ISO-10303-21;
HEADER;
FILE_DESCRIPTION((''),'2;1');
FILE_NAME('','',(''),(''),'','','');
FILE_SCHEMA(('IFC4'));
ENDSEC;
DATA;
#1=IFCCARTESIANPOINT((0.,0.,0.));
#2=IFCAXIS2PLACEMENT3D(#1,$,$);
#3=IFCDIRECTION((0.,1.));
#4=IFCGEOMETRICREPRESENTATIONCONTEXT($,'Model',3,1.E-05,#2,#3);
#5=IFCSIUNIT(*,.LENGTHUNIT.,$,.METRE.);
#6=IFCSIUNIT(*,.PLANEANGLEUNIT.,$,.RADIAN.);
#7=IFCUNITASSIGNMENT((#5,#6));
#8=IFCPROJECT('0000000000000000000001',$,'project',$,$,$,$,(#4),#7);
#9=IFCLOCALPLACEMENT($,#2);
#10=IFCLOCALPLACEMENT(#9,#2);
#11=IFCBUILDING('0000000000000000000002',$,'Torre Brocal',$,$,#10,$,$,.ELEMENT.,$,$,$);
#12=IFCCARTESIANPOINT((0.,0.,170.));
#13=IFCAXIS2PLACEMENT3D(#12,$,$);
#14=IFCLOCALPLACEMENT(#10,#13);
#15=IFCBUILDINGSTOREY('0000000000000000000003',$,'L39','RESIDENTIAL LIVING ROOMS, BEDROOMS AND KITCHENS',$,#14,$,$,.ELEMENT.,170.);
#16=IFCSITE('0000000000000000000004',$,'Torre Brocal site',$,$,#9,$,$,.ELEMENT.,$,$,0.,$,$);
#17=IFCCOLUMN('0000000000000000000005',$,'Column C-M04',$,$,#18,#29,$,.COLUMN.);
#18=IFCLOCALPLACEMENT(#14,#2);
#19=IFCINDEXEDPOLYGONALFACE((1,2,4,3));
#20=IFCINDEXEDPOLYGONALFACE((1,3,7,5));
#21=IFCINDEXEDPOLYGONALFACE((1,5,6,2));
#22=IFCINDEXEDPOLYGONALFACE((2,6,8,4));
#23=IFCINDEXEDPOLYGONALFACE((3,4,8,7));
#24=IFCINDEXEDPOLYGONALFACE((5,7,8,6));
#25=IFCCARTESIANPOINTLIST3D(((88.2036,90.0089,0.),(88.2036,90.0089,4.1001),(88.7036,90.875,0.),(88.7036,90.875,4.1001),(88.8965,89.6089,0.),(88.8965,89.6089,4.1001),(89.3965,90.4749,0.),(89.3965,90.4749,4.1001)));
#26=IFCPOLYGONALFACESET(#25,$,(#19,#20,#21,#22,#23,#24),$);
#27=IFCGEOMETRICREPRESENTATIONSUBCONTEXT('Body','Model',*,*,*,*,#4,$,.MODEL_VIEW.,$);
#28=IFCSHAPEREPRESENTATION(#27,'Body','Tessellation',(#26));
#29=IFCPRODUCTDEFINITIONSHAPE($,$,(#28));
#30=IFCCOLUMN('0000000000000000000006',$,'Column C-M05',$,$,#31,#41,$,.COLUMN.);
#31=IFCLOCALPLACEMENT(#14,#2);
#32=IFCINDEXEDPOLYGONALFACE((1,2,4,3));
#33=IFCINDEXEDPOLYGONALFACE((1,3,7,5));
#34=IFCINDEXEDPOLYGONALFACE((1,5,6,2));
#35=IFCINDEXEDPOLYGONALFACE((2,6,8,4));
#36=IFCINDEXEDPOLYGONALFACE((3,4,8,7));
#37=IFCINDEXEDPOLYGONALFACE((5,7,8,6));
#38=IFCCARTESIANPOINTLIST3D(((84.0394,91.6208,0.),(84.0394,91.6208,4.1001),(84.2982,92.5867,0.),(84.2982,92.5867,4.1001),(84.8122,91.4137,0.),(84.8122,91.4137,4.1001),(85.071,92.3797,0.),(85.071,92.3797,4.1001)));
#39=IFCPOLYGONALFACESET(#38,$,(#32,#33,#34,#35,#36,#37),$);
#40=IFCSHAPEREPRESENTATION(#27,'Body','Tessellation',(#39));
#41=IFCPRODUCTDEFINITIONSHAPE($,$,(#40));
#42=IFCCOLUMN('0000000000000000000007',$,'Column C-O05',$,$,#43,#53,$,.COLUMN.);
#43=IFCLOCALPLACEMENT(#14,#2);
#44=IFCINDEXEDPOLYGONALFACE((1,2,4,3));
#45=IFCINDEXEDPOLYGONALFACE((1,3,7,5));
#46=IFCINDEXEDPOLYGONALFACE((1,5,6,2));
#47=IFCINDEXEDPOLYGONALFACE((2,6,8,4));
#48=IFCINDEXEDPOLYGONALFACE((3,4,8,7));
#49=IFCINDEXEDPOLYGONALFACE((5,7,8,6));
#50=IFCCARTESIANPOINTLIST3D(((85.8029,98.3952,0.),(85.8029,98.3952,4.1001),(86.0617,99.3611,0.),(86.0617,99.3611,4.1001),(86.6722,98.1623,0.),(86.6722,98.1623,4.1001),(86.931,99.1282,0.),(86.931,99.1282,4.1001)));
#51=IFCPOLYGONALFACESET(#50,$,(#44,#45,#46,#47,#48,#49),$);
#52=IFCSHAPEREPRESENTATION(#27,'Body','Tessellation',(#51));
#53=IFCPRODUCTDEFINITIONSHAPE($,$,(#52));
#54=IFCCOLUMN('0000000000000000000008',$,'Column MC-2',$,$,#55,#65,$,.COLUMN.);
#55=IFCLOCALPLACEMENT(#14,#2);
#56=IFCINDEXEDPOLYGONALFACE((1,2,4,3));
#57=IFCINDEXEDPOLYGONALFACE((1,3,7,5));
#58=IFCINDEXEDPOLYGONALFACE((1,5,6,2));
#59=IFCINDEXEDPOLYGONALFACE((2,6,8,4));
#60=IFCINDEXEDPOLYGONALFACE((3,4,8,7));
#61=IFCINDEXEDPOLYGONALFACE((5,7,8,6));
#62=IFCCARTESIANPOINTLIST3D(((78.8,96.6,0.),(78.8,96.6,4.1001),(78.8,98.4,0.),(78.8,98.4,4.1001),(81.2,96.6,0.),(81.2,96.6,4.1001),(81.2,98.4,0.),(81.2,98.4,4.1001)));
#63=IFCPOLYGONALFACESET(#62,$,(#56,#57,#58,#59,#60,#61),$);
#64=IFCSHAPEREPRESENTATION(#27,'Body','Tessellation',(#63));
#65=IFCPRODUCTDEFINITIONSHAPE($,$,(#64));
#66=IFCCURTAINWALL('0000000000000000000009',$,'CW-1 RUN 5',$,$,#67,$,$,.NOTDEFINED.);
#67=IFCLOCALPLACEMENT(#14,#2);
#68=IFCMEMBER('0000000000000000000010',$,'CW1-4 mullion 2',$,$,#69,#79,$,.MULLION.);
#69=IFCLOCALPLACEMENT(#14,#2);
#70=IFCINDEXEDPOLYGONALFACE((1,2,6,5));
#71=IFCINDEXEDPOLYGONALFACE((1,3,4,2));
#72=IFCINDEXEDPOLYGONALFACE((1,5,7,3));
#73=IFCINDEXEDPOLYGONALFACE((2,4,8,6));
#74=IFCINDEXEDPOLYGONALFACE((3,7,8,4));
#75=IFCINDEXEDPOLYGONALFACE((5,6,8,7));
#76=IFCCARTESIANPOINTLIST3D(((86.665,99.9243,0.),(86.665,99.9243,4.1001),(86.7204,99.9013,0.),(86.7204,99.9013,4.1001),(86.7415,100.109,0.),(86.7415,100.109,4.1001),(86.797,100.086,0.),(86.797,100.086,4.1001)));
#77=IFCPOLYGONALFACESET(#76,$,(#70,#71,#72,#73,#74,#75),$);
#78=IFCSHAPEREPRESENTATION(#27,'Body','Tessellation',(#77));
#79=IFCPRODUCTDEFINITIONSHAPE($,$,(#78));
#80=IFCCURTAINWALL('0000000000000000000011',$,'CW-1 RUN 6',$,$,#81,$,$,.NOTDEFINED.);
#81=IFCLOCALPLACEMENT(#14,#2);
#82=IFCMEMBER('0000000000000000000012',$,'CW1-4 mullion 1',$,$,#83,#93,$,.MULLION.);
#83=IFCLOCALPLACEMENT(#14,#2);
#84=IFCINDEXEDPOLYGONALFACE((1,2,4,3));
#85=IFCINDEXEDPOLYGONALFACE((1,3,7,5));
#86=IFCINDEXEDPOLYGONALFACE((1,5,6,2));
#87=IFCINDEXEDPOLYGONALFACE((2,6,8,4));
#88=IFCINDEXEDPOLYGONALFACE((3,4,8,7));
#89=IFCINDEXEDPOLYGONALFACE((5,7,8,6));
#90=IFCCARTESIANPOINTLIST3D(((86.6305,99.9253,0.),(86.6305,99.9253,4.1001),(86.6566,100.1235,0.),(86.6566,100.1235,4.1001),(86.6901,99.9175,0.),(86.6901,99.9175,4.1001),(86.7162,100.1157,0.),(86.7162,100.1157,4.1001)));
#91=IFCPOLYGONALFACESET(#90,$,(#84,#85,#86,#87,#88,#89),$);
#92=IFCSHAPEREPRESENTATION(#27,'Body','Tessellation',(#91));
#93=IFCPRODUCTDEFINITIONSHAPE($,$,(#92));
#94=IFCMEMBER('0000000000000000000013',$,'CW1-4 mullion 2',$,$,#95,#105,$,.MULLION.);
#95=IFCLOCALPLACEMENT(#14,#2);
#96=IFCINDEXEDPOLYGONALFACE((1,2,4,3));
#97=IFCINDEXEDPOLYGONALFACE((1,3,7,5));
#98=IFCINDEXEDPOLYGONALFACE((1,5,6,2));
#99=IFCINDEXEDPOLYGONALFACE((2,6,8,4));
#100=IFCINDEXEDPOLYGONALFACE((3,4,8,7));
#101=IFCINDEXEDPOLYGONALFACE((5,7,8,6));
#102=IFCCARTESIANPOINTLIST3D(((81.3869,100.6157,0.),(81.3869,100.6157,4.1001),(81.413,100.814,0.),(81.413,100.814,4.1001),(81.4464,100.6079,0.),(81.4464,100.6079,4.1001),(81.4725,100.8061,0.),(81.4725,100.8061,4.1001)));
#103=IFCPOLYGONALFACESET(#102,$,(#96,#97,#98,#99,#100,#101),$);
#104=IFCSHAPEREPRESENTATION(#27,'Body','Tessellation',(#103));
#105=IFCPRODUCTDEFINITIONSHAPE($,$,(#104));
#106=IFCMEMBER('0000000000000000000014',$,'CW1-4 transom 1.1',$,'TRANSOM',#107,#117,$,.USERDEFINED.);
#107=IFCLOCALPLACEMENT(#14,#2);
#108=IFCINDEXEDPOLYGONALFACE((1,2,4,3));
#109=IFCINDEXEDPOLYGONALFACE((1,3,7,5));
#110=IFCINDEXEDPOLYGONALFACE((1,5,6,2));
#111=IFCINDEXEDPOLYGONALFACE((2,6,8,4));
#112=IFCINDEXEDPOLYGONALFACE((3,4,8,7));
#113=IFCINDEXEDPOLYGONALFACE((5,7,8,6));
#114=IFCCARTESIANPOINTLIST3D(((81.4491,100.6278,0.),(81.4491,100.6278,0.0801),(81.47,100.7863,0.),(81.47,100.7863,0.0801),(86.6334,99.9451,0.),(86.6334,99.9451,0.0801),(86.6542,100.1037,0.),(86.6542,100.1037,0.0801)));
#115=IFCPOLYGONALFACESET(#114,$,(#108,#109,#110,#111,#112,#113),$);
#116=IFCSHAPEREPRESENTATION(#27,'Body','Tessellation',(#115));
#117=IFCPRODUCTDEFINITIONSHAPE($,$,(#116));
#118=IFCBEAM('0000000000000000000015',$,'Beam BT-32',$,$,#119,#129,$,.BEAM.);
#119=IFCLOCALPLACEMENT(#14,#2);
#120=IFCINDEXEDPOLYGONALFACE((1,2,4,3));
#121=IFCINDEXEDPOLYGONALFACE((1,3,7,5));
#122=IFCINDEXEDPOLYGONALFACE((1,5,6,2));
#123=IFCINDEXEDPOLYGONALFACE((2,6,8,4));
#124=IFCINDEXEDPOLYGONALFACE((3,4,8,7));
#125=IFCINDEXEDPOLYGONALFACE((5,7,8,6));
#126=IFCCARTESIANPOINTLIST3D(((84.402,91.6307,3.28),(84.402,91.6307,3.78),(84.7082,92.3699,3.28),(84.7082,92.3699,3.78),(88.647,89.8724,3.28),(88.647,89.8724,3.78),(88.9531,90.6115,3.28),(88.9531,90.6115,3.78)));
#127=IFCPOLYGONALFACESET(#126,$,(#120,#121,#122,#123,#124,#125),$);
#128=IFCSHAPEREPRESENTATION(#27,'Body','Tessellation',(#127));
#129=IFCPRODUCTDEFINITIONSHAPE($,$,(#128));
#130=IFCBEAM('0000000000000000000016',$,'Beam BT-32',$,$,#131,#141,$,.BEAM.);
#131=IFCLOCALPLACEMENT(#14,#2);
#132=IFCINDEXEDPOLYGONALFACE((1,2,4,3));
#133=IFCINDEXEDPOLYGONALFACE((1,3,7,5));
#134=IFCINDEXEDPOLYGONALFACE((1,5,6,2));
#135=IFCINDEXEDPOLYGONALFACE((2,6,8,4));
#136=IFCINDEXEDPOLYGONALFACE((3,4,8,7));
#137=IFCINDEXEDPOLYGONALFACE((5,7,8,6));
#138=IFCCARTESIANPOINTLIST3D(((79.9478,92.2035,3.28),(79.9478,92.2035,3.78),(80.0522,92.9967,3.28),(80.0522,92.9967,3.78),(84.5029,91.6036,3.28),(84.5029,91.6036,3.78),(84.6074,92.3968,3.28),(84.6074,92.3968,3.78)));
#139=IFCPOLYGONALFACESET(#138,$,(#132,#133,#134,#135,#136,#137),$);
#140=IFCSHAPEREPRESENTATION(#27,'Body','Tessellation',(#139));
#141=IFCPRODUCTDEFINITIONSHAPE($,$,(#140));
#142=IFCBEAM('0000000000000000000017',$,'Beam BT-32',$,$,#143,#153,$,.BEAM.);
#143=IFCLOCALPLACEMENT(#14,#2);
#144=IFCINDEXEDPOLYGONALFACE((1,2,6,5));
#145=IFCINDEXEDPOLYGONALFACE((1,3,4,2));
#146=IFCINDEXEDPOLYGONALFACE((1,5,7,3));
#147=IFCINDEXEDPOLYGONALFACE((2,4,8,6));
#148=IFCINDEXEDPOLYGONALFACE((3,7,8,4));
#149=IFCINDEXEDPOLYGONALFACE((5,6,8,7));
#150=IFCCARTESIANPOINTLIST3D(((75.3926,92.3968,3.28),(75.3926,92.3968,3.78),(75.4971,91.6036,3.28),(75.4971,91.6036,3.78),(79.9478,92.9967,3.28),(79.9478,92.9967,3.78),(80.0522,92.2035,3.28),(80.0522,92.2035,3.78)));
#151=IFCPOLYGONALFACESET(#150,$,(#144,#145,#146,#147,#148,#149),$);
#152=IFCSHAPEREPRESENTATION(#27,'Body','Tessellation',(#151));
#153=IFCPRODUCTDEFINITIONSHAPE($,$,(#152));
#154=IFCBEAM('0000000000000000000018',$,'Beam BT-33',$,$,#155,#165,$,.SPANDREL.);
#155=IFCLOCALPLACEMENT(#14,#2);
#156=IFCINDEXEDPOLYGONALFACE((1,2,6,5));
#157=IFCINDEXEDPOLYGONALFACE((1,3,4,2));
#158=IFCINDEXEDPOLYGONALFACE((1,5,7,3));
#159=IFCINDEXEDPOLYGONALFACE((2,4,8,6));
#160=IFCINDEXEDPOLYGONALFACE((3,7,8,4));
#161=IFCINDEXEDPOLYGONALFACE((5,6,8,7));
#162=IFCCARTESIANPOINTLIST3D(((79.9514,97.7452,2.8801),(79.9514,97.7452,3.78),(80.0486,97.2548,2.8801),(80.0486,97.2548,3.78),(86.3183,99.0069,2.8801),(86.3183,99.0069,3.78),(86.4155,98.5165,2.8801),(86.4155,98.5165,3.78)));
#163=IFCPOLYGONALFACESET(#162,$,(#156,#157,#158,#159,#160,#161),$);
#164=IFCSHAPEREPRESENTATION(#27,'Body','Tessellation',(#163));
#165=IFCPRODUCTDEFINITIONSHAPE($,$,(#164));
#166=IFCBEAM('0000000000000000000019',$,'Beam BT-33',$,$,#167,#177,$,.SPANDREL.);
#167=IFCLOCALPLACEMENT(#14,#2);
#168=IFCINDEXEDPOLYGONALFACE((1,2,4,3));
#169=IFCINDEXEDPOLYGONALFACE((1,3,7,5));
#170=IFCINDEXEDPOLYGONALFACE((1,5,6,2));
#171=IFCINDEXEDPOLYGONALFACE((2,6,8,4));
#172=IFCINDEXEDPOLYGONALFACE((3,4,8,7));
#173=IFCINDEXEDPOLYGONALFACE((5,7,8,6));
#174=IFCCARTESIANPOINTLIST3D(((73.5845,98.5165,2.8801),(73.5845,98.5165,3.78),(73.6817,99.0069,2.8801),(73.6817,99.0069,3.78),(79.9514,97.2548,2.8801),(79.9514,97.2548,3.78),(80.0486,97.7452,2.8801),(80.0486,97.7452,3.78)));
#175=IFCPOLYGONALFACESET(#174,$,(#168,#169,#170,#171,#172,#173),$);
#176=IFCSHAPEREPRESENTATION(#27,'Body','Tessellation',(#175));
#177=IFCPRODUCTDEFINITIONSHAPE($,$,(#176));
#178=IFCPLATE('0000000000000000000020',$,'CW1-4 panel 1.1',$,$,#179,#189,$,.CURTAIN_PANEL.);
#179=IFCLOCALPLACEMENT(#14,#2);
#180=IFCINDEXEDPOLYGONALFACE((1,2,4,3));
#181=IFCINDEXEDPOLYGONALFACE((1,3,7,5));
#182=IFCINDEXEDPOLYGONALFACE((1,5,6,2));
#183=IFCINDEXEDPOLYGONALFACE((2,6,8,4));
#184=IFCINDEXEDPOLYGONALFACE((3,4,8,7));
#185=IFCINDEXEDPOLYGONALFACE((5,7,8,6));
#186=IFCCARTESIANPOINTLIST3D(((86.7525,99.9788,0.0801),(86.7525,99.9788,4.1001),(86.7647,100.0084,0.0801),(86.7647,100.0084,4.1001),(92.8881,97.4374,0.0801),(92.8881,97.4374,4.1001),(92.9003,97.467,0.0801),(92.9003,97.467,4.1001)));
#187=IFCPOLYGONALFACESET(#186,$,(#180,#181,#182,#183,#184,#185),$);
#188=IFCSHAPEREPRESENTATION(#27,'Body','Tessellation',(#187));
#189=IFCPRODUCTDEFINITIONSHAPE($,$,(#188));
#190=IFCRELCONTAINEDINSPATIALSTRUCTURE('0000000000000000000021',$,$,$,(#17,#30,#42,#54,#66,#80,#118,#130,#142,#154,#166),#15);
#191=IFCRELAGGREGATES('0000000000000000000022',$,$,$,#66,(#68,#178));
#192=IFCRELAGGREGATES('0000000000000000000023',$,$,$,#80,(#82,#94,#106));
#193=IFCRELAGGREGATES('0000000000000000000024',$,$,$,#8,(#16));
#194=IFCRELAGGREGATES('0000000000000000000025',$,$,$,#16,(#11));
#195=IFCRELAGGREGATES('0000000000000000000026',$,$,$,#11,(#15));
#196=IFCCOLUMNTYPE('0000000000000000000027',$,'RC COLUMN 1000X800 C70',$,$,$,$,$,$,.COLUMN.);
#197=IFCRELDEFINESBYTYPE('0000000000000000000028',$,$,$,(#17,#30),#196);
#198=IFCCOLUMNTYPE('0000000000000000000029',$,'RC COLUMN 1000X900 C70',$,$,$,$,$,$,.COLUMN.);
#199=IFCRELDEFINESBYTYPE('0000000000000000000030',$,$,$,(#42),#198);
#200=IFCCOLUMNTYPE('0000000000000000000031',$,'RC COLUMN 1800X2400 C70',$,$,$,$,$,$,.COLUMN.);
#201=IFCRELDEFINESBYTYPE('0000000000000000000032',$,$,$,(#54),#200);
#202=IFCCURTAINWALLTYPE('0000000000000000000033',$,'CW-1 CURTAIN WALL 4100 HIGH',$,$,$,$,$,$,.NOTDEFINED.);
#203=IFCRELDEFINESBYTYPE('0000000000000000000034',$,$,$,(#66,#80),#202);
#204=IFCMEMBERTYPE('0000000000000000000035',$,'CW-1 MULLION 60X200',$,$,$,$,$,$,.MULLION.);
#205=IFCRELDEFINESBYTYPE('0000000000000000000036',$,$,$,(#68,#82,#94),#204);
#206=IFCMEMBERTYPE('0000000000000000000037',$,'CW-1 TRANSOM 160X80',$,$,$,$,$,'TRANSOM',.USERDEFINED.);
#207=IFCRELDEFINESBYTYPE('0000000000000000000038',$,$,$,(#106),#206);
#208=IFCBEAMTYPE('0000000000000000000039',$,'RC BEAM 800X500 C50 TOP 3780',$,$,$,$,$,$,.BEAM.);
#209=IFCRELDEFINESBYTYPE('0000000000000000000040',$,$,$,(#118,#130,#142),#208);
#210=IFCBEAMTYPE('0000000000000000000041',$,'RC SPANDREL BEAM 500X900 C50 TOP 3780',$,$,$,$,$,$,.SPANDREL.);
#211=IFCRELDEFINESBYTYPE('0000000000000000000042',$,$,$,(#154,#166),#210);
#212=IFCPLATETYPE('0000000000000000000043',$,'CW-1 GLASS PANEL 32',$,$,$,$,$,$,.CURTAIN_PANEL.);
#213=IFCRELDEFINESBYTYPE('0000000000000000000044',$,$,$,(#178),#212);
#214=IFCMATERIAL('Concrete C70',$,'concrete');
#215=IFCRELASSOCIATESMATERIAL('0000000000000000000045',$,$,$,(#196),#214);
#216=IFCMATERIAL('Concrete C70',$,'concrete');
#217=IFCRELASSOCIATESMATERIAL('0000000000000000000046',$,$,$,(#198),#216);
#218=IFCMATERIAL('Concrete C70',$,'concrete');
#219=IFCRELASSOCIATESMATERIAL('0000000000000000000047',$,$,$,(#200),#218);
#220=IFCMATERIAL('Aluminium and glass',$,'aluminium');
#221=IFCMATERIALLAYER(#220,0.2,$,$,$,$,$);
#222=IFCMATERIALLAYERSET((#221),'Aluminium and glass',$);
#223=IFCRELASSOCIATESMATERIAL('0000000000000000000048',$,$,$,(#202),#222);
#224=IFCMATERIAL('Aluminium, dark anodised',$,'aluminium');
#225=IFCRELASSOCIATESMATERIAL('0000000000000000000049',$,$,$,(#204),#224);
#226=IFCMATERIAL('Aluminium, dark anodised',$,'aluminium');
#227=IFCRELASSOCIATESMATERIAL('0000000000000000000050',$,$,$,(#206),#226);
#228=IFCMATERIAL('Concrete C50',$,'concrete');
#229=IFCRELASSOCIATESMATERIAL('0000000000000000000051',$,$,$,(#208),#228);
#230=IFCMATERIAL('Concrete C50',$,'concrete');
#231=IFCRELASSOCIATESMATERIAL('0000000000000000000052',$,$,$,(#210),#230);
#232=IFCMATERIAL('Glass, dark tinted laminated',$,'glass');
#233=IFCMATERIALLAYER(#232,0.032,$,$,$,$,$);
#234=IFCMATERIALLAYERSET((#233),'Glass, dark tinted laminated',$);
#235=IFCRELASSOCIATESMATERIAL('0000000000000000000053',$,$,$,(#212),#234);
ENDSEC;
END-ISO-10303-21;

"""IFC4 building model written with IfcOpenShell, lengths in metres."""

from ifc_helpers import new_model, si_unit, direction, frame, origin, origin_2d, place, context, subcontext, project, spatial, rectangle, extrude, material, layer, layer_set, material_profile, profile_set, type_object, element, aggregate, save


model = new_model("IFC4")

# Units and contexts
model_context = context("Model", 3, precision=1e-05, world=origin(), true_north=direction((0.0, 1.0)))
body_context = subcontext(model_context, "Body", "Model", "MODEL_VIEW")
ifc_project = project(units=[si_unit("LENGTHUNIT", "METRE"), si_unit("PLANEANGLEUNIT", "RADIAN")], contexts=[model_context])

# Site, building, storey
site_placement = place(None, origin())
site = spatial("IfcSite", under=ifc_project, at=site_placement, Name="Torre Brocal site", CompositionType="ELEMENT", RefElevation=0.0)
building_placement = place(site_placement, origin())
building = spatial("IfcBuilding", under=site, at=building_placement, Name="Torre Brocal", CompositionType="ELEMENT")
storey_placement = place(building_placement, frame((0.0, 0.0, 170.0)))
storey = spatial("IfcBuildingStorey", under=building, at=storey_placement, Name="L39", Description="RESIDENTIAL LIVING ROOMS, BEDROOMS AND KITCHENS", CompositionType="ELEMENT", Elevation=170.0)

# Columns
ifc_material_1 = material(Name="Concrete C70", Category="concrete")
ifc_material_profile_1 = material_profile(ifc_material_1, rectangle(XDim=1.0, YDim=0.8, at=origin_2d()), Name="RC 1000X800")
ifc_profile_set_1 = profile_set([ifc_material_profile_1], Name="Concrete C70")
column_type_1 = type_object("IfcColumnType", Name="RC COLUMN 1000X800 C70", PredefinedType="COLUMN", material=ifc_profile_set_1)
for number, where, z_axis, x_axis, name in (
    (1, (88.8, 90.2419, 0.0), (0.0, 0.0, 1.0), (0.5, 0.866025, 0.0), "Column C-M04"),
    (2, (84.5552, 92.0002, 0.0), (0.0, 0.0, 1.0), (0.258819, 0.965926, 0.0), "Column C-M05"),
):
    element("IfcColumn", number, at=place(storey_placement, frame(where, z_axis=z_axis, x_axis=x_axis)), inside=storey, type_object=column_type_1, Name=name, PredefinedType="COLUMN", context=body_context, shape_type="SweptSolid", body=[
        extrude(rectangle(XDim=1.0, YDim=0.8, at=origin_2d()), origin(), (0.0, 0.0, 1.0), 4.1001),
    ])
ifc_material_2 = material(Name="Concrete C70", Category="concrete")
ifc_material_profile_2 = material_profile(ifc_material_2, rectangle(XDim=1.0, YDim=0.8999, at=origin_2d()), Name="RC 1000X900")
ifc_profile_set_2 = profile_set([ifc_material_profile_2], Name="Concrete C70")
column_type_2 = type_object("IfcColumnType", Name="RC COLUMN 1000X900 C70", PredefinedType="COLUMN", material=ifc_profile_set_2)
column_1_placement = place(storey_placement, frame((86.3669, 98.7617, 0.0), z_axis=(0.0, 0.0, 1.0), x_axis=(0.258819, 0.965926, 0.0)))
element("IfcColumn", 3, at=column_1_placement, inside=storey, type_object=column_type_2, Name="Column C-O05", PredefinedType="COLUMN", context=body_context, shape_type="SweptSolid", body=[
    extrude(rectangle(XDim=1.0, YDim=0.8999, at=origin_2d()), origin(), (0.0, 0.0, 1.0), 4.1001),
])
ifc_material_3 = material(Name="Concrete C70", Category="concrete")
ifc_material_profile_3 = material_profile(ifc_material_3, rectangle(XDim=1.8, YDim=2.3999, at=origin_2d()), Name="RC 1800X2400")
ifc_profile_set_3 = profile_set([ifc_material_profile_3], Name="Concrete C70")
column_type_3 = type_object("IfcColumnType", Name="RC COLUMN 1800X2400 C70", PredefinedType="COLUMN", material=ifc_profile_set_3)
column_2_placement = place(storey_placement, frame((80.0, 97.5, 0.0), z_axis=(0.0, 0.0, 1.0), x_axis=(0.0, 1.0, 0.0)))
element("IfcColumn", 4, at=column_2_placement, inside=storey, type_object=column_type_3, Name="Column MC-2", PredefinedType="COLUMN", context=body_context, shape_type="SweptSolid", body=[
    extrude(rectangle(XDim=1.8, YDim=2.3999, at=origin_2d()), origin(), (0.0, 0.0, 1.0), 4.1001),
])

# Curtain wall, member
ifc_material_4 = material(Name="Aluminium and glass", Category="aluminium")
ifc_layer_1 = layer(ifc_material_4, 0.2)
ifc_layer_set_1 = layer_set([ifc_layer_1], Name="Aluminium and glass")
curtain_wall_type = type_object("IfcCurtainWallType", Name="CW-1 CURTAIN WALL 4100 HIGH", PredefinedType="NOTDEFINED", material=ifc_layer_set_1)
curtain_wall_1_placement = place(storey_placement, origin())
curtain_wall_1 = element("IfcCurtainWall", 5, at=curtain_wall_1_placement, inside=storey, type_object=curtain_wall_type, Name="CW-1 RUN 5", PredefinedType="NOTDEFINED")
ifc_material_5 = material(Name="Aluminium, dark anodised", Category="aluminium")
ifc_material_profile_4 = material_profile(ifc_material_5, rectangle(XDim=0.2, YDim=0.0601, at=origin_2d()), Name="CW-1 MULLION 60X200")
ifc_profile_set_4 = profile_set([ifc_material_profile_4], Name="Aluminium, dark anodised")
member_type_1 = type_object("IfcMemberType", Name="CW-1 MULLION 60X200", PredefinedType="MULLION", material=ifc_profile_set_4)
member_1_placement = place(storey_placement, frame((86.731, 100.0051, 0.0), z_axis=(0.0, 0.0, 1.0), x_axis=(-0.382683, -0.92388, 0.0)))
member_1 = element("IfcMember", 6, at=member_1_placement, type_object=member_type_1, Name="CW1-4 mullion 2", PredefinedType="MULLION", context=body_context, shape_type="SweptSolid", body=[
    extrude(rectangle(XDim=0.2, YDim=0.0601, at=origin_2d()), origin(), (0.0, 0.0, 1.0), 4.1001),
])

# Curtain wall, members
curtain_wall_2_placement = place(storey_placement, origin())
curtain_wall_2 = element("IfcCurtainWall", 7, at=curtain_wall_2_placement, inside=storey, type_object=curtain_wall_type, Name="CW-1 RUN 6", PredefinedType="NOTDEFINED")
member_2_placement = place(storey_placement, frame((86.6733, 100.0205, 0.0), z_axis=(0.0, 0.0, 1.0), x_axis=(-0.130526, -0.991445, 0.0)))
member_2 = element("IfcMember", 8, at=member_2_placement, type_object=member_type_1, Name="CW1-4 mullion 1", PredefinedType="MULLION", context=body_context, shape_type="SweptSolid", body=[
    extrude(rectangle(XDim=0.2, YDim=0.0601, at=origin_2d()), origin(), (0.0, 0.0, 1.0), 4.1001),
])
member_3_placement = place(storey_placement, frame((81.4297, 100.7109, 0.0), z_axis=(0.0, 0.0, 1.0), x_axis=(-0.130526, -0.991445, 0.0)))
member_3 = element("IfcMember", 9, at=member_3_placement, type_object=member_type_1, Name="CW1-4 mullion 2", PredefinedType="MULLION", context=body_context, shape_type="SweptSolid", body=[
    extrude(rectangle(XDim=0.2, YDim=0.0601, at=origin_2d()), origin(), (0.0, 0.0, 1.0), 4.1001),
])
ifc_material_6 = material(Name="Aluminium, dark anodised", Category="aluminium")
ifc_material_profile_5 = material_profile(ifc_material_6, rectangle(XDim=0.1599, YDim=0.0801, at=origin_2d()), Name="CW-1 TRANSOM 160X80")
ifc_profile_set_5 = profile_set([ifc_material_profile_5], Name="Aluminium, dark anodised")
member_type_2 = type_object("IfcMemberType", Name="CW-1 TRANSOM 160X80", ElementType="TRANSOM", PredefinedType="USERDEFINED", material=ifc_profile_set_5)
member_4_placement = place(storey_placement, frame((86.6438, 100.0244, 0.04), z_axis=(-0.991443, 0.130543, 0.0), x_axis=(-0.130543, -0.991443, 0.0)))
member_4 = element("IfcMember", 10, at=member_4_placement, type_object=member_type_2, Name="CW1-4 transom 1.1", ObjectType="TRANSOM", PredefinedType="USERDEFINED", context=body_context, shape_type="SweptSolid", body=[
    extrude(rectangle(XDim=0.1599, YDim=0.0801, at=origin_2d()), origin(), (0.0, 0.0, 1.0), 5.229),
])

# Beams
ifc_material_7 = material(Name="Concrete C50", Category="concrete")
ifc_material_profile_6 = material_profile(ifc_material_7, rectangle(XDim=0.8, YDim=0.5, at=origin_2d()), Name="RC 800X500")
ifc_profile_set_6 = profile_set([ifc_material_profile_6], Name="Concrete C50")
beam_type_1 = type_object("IfcBeamType", Name="RC BEAM 800X500 C50 TOP 3780", PredefinedType="BEAM", material=ifc_profile_set_6)
beam_placement = place(storey_placement, frame((88.8, 90.2419, 3.53), z_axis=(-0.923878, 0.382687, 0.0), x_axis=(-0.382687, -0.923878, 0.0)))
element("IfcBeam", 11, at=beam_placement, inside=storey, type_object=beam_type_1, Name="Beam BT-32", PredefinedType="BEAM", context=body_context, shape_type="SweptSolid", body=[
    extrude(rectangle(XDim=0.8, YDim=0.5, at=origin_2d()), origin(), (0.0, 0.0, 1.0), 4.5947),
])
for number, where, z_axis, x_axis, name in (
    (12, (84.5552, 92.0002, 3.53), (-0.991441, 0.130559, 0.0), (-0.130559, -0.991441, 0.0), "Beam BT-32"),
    (13, (80.0, 92.6001, 3.53), (-0.991441, -0.130559, 0.0), (0.130559, -0.991441, 0.0), "Beam BT-32"),
):
    element("IfcBeam", number, at=place(storey_placement, frame(where, z_axis=z_axis, x_axis=x_axis)), inside=storey, type_object=beam_type_1, Name=name, PredefinedType="BEAM", context=body_context, shape_type="SweptSolid", body=[
        extrude(rectangle(XDim=0.8, YDim=0.5, at=origin_2d()), origin(), (0.0, 0.0, 1.0), 4.5945),
    ])
ifc_material_8 = material(Name="Concrete C50", Category="concrete")
ifc_material_profile_7 = material_profile(ifc_material_8, rectangle(XDim=0.5, YDim=0.8999, at=origin_2d()), Name="RC 500X900")
ifc_profile_set_7 = profile_set([ifc_material_profile_7], Name="Concrete C50")
beam_type_2 = type_object("IfcBeamType", Name="RC SPANDREL BEAM 500X900 C50 TOP 3780", PredefinedType="SPANDREL", material=ifc_profile_set_7)
for number, where, z_axis, x_axis, name in (
    (14, (86.3669, 98.7617, 3.3301), (-0.980925, -0.194387, 0.0), (0.194387, -0.980925, 0.0), "Beam BT-33"),
    (15, (80.0, 97.5, 3.3301), (-0.980925, 0.194387, 0.0), (-0.194387, -0.980925, 0.0), "Beam BT-33"),
):
    element("IfcBeam", number, at=place(storey_placement, frame(where, z_axis=z_axis, x_axis=x_axis)), inside=storey, type_object=beam_type_2, Name=name, PredefinedType="SPANDREL", context=body_context, shape_type="SweptSolid", body=[
        extrude(rectangle(XDim=0.5, YDim=0.8999, at=origin_2d()), origin(), (0.0, 0.0, 1.0), 6.4907),
    ])

# Plate
ifc_material_9 = material(Name="Glass, dark tinted laminated", Category="glass")
ifc_layer_2 = layer(ifc_material_9, 0.032)
ifc_layer_set_2 = layer_set([ifc_layer_2], Name="Glass, dark tinted laminated")
plate_type = type_object("IfcPlateType", Name="CW-1 GLASS PANEL 32", PredefinedType="CURTAIN_PANEL", material=ifc_layer_set_2)
plate_1_placement = place(storey_placement, frame((89.8264, 98.7229, 0.0801), z_axis=(0.0, 0.0, 1.0), x_axis=(-0.92388, 0.382683, 0.0)))
plate_1 = element("IfcPlate", 16, at=plate_1_placement, type_object=plate_type, Name="CW1-4 panel 1.1", PredefinedType="CURTAIN_PANEL", context=body_context, shape_type="SweptSolid", body=[
    extrude(rectangle(XDim=6.6411, YDim=0.032, at=origin_2d()), origin(), (0.0, 0.0, 1.0), 4.02),
])
aggregate(curtain_wall_1, [member_1, plate_1])
aggregate(curtain_wall_2, [member_2, member_3, member_4])

save(model, "model.ifc")
